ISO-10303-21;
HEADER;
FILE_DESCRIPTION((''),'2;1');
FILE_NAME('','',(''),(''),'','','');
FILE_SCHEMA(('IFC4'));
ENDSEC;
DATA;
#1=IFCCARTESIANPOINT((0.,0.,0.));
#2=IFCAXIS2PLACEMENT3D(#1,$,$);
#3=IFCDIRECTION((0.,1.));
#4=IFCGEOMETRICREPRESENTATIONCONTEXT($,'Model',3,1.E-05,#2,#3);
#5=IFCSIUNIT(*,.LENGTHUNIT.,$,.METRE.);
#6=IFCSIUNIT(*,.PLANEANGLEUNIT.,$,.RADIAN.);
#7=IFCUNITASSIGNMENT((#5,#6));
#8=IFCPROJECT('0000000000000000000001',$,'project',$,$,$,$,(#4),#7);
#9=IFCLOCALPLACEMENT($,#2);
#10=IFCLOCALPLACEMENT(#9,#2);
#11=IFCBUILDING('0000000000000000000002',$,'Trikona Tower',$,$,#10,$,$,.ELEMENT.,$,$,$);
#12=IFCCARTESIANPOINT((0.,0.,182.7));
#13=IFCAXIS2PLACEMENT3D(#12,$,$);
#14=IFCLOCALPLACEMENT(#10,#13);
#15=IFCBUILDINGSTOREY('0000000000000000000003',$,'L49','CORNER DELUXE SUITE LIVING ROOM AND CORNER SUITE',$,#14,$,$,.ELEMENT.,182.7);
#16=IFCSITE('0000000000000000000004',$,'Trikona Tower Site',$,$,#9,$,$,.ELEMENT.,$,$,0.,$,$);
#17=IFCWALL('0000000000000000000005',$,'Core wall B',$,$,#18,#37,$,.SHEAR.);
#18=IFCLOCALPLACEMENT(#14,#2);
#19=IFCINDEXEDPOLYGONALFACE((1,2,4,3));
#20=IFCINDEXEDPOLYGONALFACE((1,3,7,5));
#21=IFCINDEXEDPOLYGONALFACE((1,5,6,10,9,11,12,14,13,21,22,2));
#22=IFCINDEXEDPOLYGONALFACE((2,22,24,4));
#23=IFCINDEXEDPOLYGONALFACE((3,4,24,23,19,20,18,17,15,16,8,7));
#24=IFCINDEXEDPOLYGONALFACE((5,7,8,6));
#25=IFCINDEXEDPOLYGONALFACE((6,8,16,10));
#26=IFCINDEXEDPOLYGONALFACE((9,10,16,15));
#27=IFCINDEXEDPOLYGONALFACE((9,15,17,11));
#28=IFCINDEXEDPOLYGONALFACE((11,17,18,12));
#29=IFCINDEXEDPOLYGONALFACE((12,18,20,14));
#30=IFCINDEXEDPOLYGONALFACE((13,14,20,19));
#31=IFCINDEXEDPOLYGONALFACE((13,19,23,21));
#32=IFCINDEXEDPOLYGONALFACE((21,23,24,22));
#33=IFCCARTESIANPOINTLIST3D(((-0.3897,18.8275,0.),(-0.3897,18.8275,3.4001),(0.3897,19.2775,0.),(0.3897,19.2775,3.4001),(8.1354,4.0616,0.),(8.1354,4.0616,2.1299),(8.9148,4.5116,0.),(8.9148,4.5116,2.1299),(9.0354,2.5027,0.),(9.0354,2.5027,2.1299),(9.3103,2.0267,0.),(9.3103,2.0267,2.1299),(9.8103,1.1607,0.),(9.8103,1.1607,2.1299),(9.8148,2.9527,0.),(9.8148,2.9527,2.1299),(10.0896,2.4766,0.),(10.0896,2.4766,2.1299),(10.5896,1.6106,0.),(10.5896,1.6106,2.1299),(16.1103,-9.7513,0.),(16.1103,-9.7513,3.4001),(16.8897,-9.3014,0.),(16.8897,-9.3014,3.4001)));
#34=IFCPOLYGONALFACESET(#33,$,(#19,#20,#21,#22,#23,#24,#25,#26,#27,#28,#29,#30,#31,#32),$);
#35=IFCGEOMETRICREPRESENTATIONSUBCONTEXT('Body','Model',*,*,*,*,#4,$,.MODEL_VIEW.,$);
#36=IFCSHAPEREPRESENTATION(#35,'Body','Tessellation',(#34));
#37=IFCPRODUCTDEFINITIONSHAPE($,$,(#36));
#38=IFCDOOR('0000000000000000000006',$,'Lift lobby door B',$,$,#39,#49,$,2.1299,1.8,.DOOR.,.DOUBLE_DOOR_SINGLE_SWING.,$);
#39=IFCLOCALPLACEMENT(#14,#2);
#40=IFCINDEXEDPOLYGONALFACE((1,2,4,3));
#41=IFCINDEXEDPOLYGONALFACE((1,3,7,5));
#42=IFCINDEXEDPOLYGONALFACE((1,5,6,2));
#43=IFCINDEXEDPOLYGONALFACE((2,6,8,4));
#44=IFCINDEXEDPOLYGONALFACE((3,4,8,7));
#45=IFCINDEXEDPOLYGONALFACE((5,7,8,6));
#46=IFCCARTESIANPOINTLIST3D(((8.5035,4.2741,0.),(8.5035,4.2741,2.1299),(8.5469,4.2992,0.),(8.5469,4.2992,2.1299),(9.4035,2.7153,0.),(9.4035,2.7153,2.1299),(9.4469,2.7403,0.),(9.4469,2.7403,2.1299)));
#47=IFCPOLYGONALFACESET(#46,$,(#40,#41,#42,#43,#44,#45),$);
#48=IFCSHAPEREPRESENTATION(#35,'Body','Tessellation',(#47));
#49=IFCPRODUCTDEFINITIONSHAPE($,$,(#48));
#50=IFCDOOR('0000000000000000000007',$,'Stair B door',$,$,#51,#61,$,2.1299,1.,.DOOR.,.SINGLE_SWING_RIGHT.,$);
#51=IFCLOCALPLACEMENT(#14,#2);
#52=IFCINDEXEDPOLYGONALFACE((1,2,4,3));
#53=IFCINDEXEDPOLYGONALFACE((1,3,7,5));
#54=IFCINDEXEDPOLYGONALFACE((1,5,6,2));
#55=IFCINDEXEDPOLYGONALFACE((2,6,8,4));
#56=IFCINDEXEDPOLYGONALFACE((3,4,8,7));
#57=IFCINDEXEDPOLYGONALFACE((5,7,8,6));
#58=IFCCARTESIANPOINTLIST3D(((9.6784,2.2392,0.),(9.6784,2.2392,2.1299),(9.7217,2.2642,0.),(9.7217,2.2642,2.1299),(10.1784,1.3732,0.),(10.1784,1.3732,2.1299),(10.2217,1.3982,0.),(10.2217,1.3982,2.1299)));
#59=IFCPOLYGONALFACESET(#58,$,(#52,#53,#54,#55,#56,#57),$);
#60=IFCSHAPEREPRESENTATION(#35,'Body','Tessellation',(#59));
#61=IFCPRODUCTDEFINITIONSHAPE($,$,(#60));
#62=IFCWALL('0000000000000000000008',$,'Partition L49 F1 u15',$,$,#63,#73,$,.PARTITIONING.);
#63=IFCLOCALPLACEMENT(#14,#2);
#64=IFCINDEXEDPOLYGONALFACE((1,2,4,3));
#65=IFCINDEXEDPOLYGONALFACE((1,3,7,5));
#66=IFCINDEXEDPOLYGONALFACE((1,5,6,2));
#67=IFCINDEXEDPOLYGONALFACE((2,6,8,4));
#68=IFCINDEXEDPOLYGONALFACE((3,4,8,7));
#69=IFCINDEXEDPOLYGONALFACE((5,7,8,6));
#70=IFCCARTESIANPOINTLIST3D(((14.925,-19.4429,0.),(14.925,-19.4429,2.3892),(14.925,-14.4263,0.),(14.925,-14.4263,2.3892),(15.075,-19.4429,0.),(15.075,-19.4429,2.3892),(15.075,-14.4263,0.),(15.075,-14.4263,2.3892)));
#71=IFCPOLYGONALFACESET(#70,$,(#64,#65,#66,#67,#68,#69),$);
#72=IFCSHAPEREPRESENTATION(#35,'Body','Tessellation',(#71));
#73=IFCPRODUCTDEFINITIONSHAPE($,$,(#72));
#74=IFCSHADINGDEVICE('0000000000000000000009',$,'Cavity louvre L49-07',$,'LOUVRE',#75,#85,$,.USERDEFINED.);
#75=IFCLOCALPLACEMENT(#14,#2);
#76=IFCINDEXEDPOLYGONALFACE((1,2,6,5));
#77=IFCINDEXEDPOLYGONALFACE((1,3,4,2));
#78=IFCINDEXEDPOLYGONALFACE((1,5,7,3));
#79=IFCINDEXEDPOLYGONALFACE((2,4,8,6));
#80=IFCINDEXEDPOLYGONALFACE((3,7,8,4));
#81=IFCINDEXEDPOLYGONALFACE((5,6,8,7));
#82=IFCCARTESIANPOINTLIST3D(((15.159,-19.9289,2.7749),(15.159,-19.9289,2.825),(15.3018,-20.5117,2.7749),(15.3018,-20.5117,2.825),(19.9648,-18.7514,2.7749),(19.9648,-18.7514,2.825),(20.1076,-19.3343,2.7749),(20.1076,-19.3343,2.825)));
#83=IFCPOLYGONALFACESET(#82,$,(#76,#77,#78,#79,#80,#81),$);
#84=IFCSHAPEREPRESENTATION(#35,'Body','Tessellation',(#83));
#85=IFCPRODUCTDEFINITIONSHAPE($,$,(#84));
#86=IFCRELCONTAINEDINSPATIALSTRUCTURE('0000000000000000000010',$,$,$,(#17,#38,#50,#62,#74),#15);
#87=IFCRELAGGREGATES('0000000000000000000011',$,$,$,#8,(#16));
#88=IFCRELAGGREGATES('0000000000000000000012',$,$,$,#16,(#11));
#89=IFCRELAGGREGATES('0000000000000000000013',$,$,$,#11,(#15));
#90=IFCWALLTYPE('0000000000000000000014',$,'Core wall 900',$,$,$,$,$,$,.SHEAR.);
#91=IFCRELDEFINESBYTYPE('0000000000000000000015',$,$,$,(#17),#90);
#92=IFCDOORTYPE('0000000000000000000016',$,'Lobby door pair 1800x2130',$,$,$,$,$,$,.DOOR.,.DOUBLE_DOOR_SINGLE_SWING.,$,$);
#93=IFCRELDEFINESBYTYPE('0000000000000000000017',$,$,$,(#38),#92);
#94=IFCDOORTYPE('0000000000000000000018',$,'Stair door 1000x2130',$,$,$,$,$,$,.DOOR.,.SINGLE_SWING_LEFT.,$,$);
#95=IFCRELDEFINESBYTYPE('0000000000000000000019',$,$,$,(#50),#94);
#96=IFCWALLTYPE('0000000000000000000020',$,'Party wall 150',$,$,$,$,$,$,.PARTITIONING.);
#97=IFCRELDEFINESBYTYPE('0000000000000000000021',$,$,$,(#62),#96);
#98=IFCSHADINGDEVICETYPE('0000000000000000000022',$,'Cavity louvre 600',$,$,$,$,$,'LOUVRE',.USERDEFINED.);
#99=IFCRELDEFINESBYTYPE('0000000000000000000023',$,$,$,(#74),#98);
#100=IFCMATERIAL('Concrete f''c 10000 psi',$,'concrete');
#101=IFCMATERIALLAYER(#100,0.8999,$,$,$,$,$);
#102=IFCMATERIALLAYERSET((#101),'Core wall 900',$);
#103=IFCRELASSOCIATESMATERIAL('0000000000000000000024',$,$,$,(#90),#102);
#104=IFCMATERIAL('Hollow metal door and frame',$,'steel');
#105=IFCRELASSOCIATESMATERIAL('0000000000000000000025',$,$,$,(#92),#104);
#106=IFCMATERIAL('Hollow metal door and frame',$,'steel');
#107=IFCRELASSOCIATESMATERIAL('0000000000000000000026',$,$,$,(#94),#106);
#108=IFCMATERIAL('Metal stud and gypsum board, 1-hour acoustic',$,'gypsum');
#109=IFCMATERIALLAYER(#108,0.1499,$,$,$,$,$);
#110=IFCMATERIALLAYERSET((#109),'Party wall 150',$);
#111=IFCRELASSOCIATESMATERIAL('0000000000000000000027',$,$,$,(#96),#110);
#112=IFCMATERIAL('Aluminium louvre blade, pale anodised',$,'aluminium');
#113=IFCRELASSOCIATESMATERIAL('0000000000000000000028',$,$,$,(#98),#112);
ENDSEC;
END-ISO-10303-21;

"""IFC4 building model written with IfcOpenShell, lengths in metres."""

from ifc_helpers import new_model, si_unit, direction, frame, frame_2d, origin, origin_2d, place, context, subcontext, project, spatial, rectangle, extrude, material, layer, layer_set, type_object, element, fill, save


model = new_model("IFC4")

# Units and contexts
model_context = context("Model", 3, precision=1e-05, world=origin(), true_north=direction((0.0, 1.0)))
body_context = subcontext(model_context, "Body", "Model", "MODEL_VIEW")
ifc_project = project(units=[si_unit("LENGTHUNIT", "METRE"), si_unit("PLANEANGLEUNIT", "RADIAN")], contexts=[model_context])

# Site, building, storey
site_placement = place(None, origin())
site = spatial("IfcSite", under=ifc_project, at=site_placement, Name="Trikona Tower Site", CompositionType="ELEMENT", RefElevation=0.0)
building_placement = place(site_placement, origin())
building = spatial("IfcBuilding", under=site, at=building_placement, Name="Trikona Tower", CompositionType="ELEMENT")
storey_placement = place(building_placement, frame((0.0, 0.0, 182.7)))
storey = spatial("IfcBuildingStorey", under=building, at=storey_placement, Name="L49", Description="CORNER DELUXE SUITE LIVING ROOM AND CORNER SUITE", CompositionType="ELEMENT", Elevation=182.7)

# Wall, openings, doors
ifc_material_1 = material(Name="Concrete f'c 10000 psi", Category="concrete")
ifc_layer_1 = layer(ifc_material_1, 0.8999)
ifc_layer_set_1 = layer_set([ifc_layer_1], Name="Core wall 900")
wall_type_1 = type_object("IfcWallType", Name="Core wall 900", PredefinedType="SHEAR", material=ifc_layer_set_1)
wall_1_placement = place(storey_placement, frame((16.5, -9.5264, 0.0), z_axis=(0.0, 0.0, 1.0), x_axis=(-0.5, 0.866026, 0.0)))
wall_1 = element("IfcWall", 1, at=wall_1_placement, inside=storey, type_object=wall_type_1, Name="Core wall B", PredefinedType="SHEAR", context=body_context, shape_type="SweptSolid", body=[
    extrude(rectangle(XDim=33.0, YDim=0.8999, at=frame_2d((16.5, 0.0))), origin(), (0.0, 0.0, 1.0), 3.4001),
])
opening_1_placement = place(wall_1_placement, frame((14.1499, 0.0, 0.0)))
opening_1 = element("IfcOpeningElement", 2, at=opening_1_placement, cuts=wall_1, PredefinedType="OPENING", context=body_context, shape_type="SweptSolid", body=[
    extrude(rectangle(XDim=1.8, YDim=2.1299, at=frame_2d((0.8999, 1.0649))), frame((0.0, 0.46, 0.0), z_axis=(0.0, -1.0, 0.0), x_axis=(1.0, 0.0, 0.0)), (0.0, 0.0, 1.0), 0.9199),
])
opening_2_placement = place(wall_1_placement, frame((12.6001, 0.0, 0.0)))
opening_2 = element("IfcOpeningElement", 3, at=opening_2_placement, cuts=wall_1, PredefinedType="OPENING", context=body_context, shape_type="SweptSolid", body=[
    extrude(rectangle(XDim=1.0, YDim=2.1299, at=frame_2d((0.5, 1.0649))), frame((0.0, 0.46, 0.0), z_axis=(0.0, -1.0, 0.0), x_axis=(1.0, 0.0, 0.0)), (0.0, 0.0, 1.0), 0.9199),
])
ifc_material_2 = material(Name="Hollow metal door and frame", Category="steel")
door_type_1 = type_object("IfcDoorType", Name="Lobby door pair 1800x2130", OperationType="DOUBLE_DOOR_SINGLE_SWING", PredefinedType="DOOR", material=ifc_material_2)
door_1_placement = place(opening_1_placement, origin())
door_1 = element("IfcDoor", 4, at=door_1_placement, inside=storey, type_object=door_type_1, Name="Lift lobby door B", OperationType="DOUBLE_DOOR_SINGLE_SWING", OverallHeight=2.1299, OverallWidth=1.8, PredefinedType="DOOR", context=body_context, shape_type="SweptSolid", body=[
    extrude(rectangle(XDim=1.8, YDim=2.1299, at=frame_2d((0.8999, 1.0649))), frame((0.0, 0.0249, 0.0), z_axis=(0.0, -1.0, 0.0), x_axis=(1.0, 0.0, 0.0)), (0.0, 0.0, 1.0), 0.05),
])
fill(opening_1, door_1)
ifc_material_3 = material(Name="Hollow metal door and frame", Category="steel")
door_type_2 = type_object("IfcDoorType", Name="Stair door 1000x2130", OperationType="SINGLE_SWING_LEFT", PredefinedType="DOOR", material=ifc_material_3)
door_2_placement = place(opening_2_placement, origin())
door_2 = element("IfcDoor", 5, at=door_2_placement, inside=storey, type_object=door_type_2, Name="Stair B door", OperationType="SINGLE_SWING_RIGHT", OverallHeight=2.1299, OverallWidth=1.0, PredefinedType="DOOR", context=body_context, shape_type="SweptSolid", body=[
    extrude(rectangle(XDim=1.0, YDim=2.1299, at=frame_2d((0.5, 1.0649))), frame((0.0, 0.0249, 0.0), z_axis=(0.0, -1.0, 0.0), x_axis=(1.0, 0.0, 0.0)), (0.0, 0.0, 1.0), 0.05),
])
fill(opening_2, door_2)

# Wall
ifc_material_4 = material(Name="Metal stud and gypsum board, 1-hour acoustic", Category="gypsum")
ifc_layer_2 = layer(ifc_material_4, 0.1499)
ifc_layer_set_2 = layer_set([ifc_layer_2], Name="Party wall 150")
wall_type_2 = type_object("IfcWallType", Name="Party wall 150", PredefinedType="PARTITIONING", material=ifc_layer_set_2)
wall_2_placement = place(storey_placement, frame((15.0, -14.4263, 0.0), z_axis=(0.0, 0.0, 1.0), x_axis=(0.0, -1.0, 0.0)))
element("IfcWall", 6, at=wall_2_placement, inside=storey, type_object=wall_type_2, Name="Partition L49 F1 u15", PredefinedType="PARTITIONING", context=body_context, shape_type="SweptSolid", body=[
    extrude(rectangle(XDim=5.0166, YDim=0.1499, at=frame_2d((2.5083, 0.0))), origin(), (0.0, 0.0, 1.0), 2.3892),
])

# Shading device
ifc_material_5 = material(Name="Aluminium louvre blade, pale anodised", Category="aluminium")
shading_device_type = type_object("IfcShadingDeviceType", Name="Cavity louvre 600", ElementType="LOUVRE", PredefinedType="USERDEFINED", material=ifc_material_5)
shading_device_placement = place(storey_placement, frame((17.6333, -19.6316, 2.7749), z_axis=(0.0, 0.0, 1.0), x_axis=(0.971274, 0.237962, 0.0)))
element("IfcShadingDevice", 7, at=shading_device_placement, inside=storey, type_object=shading_device_type, Name="Cavity louvre L49-07", ObjectType="LOUVRE", PredefinedType="USERDEFINED", context=body_context, shape_type="SweptSolid", body=[
    extrude(rectangle(XDim=4.948, YDim=0.6001, at=origin_2d()), origin(), (0.0, 0.0, 1.0), 0.05),
])

save(model, "model.ifc")
